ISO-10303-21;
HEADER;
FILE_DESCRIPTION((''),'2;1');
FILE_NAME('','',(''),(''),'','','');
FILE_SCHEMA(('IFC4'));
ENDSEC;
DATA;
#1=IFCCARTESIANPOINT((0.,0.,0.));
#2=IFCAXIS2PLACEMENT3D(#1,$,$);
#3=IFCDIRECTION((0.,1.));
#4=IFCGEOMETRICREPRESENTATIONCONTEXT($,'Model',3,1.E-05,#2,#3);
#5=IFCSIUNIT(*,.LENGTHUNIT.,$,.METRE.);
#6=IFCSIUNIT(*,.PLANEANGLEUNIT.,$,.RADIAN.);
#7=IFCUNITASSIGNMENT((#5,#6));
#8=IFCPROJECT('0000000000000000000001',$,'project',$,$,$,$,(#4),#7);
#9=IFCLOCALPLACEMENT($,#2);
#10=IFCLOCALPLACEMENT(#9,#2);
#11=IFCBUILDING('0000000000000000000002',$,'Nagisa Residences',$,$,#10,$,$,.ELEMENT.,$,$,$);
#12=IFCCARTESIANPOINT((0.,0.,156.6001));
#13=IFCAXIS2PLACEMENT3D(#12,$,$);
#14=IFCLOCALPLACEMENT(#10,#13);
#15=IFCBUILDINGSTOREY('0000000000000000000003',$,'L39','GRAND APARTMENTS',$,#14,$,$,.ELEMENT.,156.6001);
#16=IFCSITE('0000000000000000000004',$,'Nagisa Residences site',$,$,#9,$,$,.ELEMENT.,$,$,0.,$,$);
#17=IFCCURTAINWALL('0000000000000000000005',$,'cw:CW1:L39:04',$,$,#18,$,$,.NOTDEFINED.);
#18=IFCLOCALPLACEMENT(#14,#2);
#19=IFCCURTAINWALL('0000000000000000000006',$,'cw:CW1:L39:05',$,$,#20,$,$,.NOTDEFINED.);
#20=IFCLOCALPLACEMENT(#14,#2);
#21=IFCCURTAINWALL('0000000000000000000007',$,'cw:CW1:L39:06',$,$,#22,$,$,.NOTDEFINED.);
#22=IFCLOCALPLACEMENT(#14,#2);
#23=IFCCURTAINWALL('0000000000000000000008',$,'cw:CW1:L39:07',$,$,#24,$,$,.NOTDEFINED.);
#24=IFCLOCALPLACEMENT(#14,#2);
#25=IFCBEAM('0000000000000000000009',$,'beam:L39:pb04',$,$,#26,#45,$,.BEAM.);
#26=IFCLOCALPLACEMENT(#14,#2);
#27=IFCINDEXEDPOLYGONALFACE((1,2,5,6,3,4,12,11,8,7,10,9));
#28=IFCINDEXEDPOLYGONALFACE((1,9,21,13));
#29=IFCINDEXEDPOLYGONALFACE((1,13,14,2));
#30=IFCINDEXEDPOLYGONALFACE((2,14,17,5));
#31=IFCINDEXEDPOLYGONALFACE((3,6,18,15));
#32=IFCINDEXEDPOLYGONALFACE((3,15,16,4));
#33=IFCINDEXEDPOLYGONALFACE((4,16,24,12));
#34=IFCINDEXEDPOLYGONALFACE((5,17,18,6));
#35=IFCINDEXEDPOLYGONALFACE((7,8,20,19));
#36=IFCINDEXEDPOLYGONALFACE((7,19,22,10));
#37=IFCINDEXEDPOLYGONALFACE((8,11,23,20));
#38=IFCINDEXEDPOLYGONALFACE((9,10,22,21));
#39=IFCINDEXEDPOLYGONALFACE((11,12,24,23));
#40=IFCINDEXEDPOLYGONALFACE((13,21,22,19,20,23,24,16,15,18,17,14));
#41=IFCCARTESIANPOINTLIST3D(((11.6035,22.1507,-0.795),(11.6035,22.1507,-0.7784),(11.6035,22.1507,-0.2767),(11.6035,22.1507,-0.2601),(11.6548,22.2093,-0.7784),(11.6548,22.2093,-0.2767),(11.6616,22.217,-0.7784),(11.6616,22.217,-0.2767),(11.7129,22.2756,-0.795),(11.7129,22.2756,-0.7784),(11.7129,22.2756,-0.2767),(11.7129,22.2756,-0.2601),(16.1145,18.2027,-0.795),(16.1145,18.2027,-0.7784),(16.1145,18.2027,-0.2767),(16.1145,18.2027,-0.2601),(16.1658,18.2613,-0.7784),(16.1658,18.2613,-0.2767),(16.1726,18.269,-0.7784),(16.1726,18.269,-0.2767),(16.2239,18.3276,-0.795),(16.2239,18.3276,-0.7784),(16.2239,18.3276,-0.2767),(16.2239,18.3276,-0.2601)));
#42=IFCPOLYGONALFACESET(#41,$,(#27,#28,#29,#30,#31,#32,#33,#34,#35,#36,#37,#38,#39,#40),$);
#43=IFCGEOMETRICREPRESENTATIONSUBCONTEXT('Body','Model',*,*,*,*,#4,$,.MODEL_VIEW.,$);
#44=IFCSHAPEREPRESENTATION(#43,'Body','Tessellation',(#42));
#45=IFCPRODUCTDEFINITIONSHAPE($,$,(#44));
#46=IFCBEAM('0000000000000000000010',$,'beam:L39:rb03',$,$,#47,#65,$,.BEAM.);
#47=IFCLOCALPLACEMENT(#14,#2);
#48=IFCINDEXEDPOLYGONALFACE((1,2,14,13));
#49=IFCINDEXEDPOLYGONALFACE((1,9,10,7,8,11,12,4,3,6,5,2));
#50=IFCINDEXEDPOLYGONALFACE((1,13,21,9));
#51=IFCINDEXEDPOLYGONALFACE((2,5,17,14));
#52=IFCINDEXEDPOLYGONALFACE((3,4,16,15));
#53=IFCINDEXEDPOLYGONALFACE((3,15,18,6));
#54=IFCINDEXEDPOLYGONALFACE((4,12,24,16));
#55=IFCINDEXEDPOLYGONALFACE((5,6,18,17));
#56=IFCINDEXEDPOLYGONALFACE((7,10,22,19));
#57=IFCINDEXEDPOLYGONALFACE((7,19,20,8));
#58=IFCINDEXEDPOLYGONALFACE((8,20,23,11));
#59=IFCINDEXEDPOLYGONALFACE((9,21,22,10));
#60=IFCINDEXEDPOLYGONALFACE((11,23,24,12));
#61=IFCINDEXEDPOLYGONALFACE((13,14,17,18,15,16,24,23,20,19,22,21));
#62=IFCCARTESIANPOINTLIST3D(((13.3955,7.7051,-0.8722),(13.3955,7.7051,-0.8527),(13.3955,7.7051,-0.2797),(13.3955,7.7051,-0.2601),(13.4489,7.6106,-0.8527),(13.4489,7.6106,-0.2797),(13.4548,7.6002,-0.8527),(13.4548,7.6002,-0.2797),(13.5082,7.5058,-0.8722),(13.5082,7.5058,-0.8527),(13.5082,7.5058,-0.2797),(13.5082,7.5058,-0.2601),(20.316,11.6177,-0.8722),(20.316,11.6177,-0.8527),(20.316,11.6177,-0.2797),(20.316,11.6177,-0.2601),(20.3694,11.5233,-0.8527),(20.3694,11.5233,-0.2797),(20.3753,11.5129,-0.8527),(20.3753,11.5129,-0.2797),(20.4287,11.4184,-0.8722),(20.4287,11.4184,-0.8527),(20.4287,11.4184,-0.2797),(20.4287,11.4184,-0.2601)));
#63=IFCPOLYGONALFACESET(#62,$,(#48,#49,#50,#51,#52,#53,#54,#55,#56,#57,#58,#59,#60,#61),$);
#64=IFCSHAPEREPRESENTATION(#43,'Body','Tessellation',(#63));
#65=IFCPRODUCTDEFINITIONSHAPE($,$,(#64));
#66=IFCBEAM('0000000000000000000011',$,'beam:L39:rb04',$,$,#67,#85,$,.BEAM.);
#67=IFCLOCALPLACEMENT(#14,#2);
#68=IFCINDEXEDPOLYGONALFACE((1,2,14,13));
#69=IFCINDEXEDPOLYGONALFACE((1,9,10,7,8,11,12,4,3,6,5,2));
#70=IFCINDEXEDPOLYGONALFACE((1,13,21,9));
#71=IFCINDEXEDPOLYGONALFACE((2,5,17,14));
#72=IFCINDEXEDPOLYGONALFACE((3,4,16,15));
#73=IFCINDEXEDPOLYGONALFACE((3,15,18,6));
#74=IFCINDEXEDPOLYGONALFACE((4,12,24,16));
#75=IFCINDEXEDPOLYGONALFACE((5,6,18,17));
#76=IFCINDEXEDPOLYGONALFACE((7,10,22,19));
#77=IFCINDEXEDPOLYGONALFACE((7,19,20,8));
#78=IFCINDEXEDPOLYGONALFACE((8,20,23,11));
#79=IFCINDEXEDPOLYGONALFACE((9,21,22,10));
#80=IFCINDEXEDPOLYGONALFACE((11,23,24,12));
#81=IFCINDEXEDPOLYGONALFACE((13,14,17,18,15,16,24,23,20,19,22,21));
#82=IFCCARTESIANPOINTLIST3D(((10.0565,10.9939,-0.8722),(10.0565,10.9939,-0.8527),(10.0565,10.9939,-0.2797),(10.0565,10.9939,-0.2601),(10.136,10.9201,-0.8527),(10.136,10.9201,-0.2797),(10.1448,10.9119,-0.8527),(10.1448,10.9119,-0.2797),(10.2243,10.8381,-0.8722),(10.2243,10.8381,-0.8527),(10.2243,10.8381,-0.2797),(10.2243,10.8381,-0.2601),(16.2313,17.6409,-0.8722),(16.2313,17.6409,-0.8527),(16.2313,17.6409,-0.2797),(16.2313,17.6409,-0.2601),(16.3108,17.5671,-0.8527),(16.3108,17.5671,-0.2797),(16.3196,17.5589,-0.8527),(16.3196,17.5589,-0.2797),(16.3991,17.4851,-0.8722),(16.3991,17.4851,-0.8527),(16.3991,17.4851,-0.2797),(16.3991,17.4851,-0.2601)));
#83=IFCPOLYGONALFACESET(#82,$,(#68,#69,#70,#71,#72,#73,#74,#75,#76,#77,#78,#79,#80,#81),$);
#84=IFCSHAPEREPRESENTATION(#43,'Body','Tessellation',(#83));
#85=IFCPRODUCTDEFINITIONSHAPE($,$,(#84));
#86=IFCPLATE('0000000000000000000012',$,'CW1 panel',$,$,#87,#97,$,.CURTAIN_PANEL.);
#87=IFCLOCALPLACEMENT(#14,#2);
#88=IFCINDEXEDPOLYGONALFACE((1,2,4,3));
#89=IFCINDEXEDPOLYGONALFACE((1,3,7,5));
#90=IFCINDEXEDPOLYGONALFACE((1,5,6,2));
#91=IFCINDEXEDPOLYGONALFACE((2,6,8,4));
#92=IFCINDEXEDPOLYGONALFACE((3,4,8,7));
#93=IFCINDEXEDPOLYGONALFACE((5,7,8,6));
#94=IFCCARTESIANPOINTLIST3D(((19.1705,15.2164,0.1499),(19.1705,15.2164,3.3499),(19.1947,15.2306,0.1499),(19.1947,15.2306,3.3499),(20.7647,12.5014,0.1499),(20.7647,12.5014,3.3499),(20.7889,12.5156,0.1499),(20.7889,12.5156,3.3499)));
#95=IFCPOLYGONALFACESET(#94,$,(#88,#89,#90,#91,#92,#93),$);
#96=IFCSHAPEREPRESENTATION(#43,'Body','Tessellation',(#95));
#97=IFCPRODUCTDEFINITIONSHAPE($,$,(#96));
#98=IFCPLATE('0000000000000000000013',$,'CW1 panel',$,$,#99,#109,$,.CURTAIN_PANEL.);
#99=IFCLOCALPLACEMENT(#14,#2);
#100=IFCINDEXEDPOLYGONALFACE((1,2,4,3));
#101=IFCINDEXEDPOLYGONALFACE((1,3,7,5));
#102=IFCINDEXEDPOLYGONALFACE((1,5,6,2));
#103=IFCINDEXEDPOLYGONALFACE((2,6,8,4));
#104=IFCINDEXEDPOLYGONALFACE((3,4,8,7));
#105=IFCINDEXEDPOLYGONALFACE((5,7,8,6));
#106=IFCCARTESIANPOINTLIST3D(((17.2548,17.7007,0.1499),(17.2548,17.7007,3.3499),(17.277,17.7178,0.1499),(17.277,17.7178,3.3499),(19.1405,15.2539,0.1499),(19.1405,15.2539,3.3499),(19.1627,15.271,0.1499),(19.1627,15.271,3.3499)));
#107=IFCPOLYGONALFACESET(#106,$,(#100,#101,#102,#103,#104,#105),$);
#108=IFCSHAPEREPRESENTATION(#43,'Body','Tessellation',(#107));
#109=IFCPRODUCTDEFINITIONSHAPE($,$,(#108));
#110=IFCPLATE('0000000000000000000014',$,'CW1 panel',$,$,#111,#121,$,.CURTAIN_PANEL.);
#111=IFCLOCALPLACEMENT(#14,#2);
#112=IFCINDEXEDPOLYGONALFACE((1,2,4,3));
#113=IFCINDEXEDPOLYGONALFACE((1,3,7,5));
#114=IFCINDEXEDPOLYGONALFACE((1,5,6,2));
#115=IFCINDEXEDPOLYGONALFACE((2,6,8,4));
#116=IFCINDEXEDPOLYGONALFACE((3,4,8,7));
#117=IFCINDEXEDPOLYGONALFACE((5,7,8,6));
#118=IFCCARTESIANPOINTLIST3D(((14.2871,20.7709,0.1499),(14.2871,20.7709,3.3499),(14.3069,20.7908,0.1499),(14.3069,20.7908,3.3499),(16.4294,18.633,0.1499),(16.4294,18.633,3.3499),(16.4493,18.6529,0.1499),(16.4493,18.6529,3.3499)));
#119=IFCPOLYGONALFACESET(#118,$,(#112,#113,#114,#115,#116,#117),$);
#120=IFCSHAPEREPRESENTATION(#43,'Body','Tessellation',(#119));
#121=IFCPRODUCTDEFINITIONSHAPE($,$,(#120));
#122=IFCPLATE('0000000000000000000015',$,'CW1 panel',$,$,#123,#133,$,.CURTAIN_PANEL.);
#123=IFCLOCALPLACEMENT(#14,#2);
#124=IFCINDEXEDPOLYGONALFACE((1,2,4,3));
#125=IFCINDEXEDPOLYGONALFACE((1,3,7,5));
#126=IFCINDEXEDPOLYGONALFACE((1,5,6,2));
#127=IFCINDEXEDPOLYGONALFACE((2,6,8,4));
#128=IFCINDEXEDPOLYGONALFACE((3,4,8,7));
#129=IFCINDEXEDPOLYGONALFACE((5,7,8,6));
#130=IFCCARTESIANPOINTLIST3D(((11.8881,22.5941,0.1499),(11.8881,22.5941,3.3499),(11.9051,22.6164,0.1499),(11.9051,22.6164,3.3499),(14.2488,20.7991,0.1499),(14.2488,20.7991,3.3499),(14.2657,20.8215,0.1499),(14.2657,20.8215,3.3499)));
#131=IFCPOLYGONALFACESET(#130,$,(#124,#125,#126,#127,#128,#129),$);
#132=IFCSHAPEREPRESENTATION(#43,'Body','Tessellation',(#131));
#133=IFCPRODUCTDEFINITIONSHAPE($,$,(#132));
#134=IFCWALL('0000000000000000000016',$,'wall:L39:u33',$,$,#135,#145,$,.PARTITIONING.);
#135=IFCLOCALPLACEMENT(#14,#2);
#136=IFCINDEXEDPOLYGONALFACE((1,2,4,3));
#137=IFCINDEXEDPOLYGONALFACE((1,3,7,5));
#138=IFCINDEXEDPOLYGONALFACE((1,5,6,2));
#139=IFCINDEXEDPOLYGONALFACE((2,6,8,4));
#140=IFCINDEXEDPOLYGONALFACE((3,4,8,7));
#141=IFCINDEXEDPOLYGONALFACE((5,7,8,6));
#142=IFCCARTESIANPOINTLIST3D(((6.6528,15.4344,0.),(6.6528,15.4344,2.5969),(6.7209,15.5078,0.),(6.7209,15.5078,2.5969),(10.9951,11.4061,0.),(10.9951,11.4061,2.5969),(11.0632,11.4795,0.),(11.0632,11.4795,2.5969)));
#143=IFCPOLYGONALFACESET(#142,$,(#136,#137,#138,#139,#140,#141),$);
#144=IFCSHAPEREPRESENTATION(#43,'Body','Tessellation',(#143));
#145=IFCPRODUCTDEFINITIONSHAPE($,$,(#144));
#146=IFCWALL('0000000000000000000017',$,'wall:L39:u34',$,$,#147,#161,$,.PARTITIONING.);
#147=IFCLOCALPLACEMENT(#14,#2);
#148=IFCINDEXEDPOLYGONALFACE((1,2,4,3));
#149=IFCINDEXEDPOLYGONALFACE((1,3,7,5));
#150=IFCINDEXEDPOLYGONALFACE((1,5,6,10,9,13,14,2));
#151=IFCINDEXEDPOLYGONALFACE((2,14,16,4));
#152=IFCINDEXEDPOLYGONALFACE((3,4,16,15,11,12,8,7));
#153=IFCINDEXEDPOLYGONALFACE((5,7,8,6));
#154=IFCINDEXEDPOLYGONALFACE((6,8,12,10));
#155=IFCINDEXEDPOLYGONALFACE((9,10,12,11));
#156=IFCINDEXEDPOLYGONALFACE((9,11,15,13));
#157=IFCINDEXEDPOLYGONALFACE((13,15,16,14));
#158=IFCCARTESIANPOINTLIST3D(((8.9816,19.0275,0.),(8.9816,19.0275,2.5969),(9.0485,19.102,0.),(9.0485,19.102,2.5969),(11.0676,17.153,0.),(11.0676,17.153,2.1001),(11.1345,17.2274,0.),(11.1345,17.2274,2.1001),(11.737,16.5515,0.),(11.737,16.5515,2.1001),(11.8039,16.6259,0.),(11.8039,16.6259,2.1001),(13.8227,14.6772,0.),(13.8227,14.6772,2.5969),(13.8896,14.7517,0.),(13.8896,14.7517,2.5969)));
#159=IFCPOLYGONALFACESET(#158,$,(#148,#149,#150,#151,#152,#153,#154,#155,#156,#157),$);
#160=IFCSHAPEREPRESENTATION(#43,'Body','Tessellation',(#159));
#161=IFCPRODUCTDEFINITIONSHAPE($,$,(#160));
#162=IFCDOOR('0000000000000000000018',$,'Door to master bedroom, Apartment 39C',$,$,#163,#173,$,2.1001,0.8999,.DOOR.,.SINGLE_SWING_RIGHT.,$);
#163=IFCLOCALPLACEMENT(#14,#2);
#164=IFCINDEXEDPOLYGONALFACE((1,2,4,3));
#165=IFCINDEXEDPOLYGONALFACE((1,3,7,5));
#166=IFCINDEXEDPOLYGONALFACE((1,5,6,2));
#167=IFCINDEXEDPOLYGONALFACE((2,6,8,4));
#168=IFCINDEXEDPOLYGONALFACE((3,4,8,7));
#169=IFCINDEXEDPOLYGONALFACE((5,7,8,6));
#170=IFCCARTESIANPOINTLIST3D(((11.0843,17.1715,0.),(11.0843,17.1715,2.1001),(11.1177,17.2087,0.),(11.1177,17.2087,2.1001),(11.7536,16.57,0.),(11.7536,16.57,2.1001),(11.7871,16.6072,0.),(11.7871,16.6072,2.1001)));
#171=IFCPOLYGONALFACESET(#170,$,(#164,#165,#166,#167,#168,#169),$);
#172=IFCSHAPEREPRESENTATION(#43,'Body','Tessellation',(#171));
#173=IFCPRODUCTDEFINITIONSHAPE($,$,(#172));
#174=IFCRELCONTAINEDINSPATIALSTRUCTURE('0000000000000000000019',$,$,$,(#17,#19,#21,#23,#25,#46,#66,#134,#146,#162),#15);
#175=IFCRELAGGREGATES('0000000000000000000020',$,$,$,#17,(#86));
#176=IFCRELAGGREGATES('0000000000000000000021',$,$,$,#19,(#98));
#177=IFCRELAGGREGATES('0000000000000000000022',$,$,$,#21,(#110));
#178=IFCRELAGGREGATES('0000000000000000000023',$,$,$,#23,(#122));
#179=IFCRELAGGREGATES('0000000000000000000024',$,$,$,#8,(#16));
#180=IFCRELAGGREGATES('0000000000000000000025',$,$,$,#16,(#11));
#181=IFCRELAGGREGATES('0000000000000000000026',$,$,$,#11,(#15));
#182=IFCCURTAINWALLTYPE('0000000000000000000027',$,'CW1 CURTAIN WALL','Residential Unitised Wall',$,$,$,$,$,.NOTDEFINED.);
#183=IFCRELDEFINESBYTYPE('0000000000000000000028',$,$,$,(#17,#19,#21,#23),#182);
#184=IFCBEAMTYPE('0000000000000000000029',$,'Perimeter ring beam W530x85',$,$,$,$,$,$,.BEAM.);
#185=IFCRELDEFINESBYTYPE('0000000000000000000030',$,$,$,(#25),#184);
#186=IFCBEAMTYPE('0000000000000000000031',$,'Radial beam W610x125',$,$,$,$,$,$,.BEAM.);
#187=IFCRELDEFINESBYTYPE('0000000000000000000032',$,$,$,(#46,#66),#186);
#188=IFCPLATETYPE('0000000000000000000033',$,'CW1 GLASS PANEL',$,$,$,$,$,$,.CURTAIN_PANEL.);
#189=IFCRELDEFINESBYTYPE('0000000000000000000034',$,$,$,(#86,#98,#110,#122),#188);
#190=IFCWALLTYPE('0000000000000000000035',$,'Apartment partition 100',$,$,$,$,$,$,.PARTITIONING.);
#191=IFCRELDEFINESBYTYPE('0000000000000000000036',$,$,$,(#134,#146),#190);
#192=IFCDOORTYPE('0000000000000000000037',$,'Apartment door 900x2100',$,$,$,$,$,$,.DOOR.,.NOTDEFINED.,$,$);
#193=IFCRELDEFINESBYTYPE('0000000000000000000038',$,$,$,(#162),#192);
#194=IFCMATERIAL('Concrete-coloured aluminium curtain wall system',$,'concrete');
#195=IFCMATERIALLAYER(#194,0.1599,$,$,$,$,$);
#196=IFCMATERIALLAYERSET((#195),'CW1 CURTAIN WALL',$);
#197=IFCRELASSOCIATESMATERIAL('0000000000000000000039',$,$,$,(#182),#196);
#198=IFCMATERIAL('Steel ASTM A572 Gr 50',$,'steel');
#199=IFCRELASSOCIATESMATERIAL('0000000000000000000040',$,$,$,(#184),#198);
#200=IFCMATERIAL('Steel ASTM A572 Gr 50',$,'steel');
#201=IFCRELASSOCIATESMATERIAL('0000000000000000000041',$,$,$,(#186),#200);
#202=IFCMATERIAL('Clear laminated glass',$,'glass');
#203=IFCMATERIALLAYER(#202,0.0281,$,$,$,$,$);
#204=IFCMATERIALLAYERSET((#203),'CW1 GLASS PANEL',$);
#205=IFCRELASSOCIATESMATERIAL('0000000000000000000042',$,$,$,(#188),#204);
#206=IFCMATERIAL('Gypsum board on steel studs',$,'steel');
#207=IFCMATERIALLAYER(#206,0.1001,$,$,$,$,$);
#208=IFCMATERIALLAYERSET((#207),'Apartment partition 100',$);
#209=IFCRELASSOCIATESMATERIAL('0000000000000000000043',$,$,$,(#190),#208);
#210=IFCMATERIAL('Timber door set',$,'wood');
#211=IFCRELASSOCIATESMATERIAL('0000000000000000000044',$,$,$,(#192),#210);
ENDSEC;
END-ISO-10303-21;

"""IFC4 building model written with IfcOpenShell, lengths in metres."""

from ifc_helpers import new_model, si_unit, direction, frame, frame_2d, origin, origin_2d, place, context, subcontext, project, spatial, rectangle, i_section, extrude, material, layer, layer_set, material_profile, profile_set, type_object, element, fill, aggregate, save


model = new_model("IFC4")

# Units and contexts
model_context = context("Model", 3, precision=1e-05, world=origin(), true_north=direction((0.0, 1.0)))
body_context = subcontext(model_context, "Body", "Model", "MODEL_VIEW")
ifc_project = project(units=[si_unit("LENGTHUNIT", "METRE"), si_unit("PLANEANGLEUNIT", "RADIAN")], contexts=[model_context])

# Site, building, storey
site_placement = place(None, origin())
site = spatial("IfcSite", under=ifc_project, at=site_placement, Name="Nagisa Residences site", CompositionType="ELEMENT", RefElevation=0.0)
building_placement = place(site_placement, origin())
building = spatial("IfcBuilding", under=site, at=building_placement, Name="Nagisa Residences", CompositionType="ELEMENT")
storey_placement = place(building_placement, frame((0.0, 0.0, 156.6001)))
storey = spatial("IfcBuildingStorey", under=building, at=storey_placement, Name="L39", Description="GRAND APARTMENTS", CompositionType="ELEMENT", Elevation=156.6001)

# Curtain walls
ifc_material_1 = material(Name="Concrete-coloured aluminium curtain wall system", Category="concrete")
ifc_layer_1 = layer(ifc_material_1, 0.1599)
ifc_layer_set_1 = layer_set([ifc_layer_1], Name="CW1 CURTAIN WALL")
curtain_wall_type = type_object("IfcCurtainWallType", Name="CW1 CURTAIN WALL", Description="Residential Unitised Wall", PredefinedType="NOTDEFINED", material=ifc_layer_set_1)
curtain_wall_1_placement = place(storey_placement, origin())
curtain_wall_1 = element("IfcCurtainWall", 1, at=curtain_wall_1_placement, inside=storey, type_object=curtain_wall_type, Name="cw:CW1:L39:04", PredefinedType="NOTDEFINED")
curtain_wall_2_placement = place(storey_placement, origin())
curtain_wall_2 = element("IfcCurtainWall", 2, at=curtain_wall_2_placement, inside=storey, type_object=curtain_wall_type, Name="cw:CW1:L39:05", PredefinedType="NOTDEFINED")
curtain_wall_3_placement = place(storey_placement, origin())
curtain_wall_3 = element("IfcCurtainWall", 3, at=curtain_wall_3_placement, inside=storey, type_object=curtain_wall_type, Name="cw:CW1:L39:06", PredefinedType="NOTDEFINED")
curtain_wall_4_placement = place(storey_placement, origin())
curtain_wall_4 = element("IfcCurtainWall", 4, at=curtain_wall_4_placement, inside=storey, type_object=curtain_wall_type, Name="cw:CW1:L39:07", PredefinedType="NOTDEFINED")

# Beams
ifc_material_2 = material(Name="Steel ASTM A572 Gr 50", Category="steel")
ifc_material_profile_1 = material_profile(ifc_material_2, i_section(OverallWidth=0.166, OverallDepth=0.5349, WebThickness=0.0103, FlangeThickness=0.0166, at=origin_2d()), Name="W530x85")
ifc_profile_set_1 = profile_set([ifc_material_profile_1], Name="Steel ASTM A572 Gr 50")
beam_type_1 = type_object("IfcBeamType", Name="Perimeter ring beam W530x85", PredefinedType="BEAM", material=ifc_profile_set_1)
beam_1_placement = place(storey_placement, frame((16.1692, 18.2651, -0.5276), z_axis=(-0.752504, 0.658588, 0.0), x_axis=(-0.658588, -0.752504, 0.0)))
element("IfcBeam", 5, at=beam_1_placement, inside=storey, type_object=beam_type_1, Name="beam:L39:pb04", PredefinedType="BEAM", context=body_context, shape_type="SweptSolid", body=[
    extrude(i_section(OverallWidth=0.166, OverallDepth=0.5349, WebThickness=0.0103, FlangeThickness=0.0166, at=origin_2d()), origin(), (0.0, 0.0, 1.0), 5.9946),
])
ifc_material_3 = material(Name="Steel ASTM A572 Gr 50", Category="steel")
ifc_material_profile_2 = material_profile(ifc_material_3, i_section(OverallWidth=0.229, OverallDepth=0.6121, WebThickness=0.012, FlangeThickness=0.0195, at=origin_2d()), Name="W610x125")
ifc_profile_set_2 = profile_set([ifc_material_profile_2], Name="Steel ASTM A572 Gr 50")
beam_type_2 = type_object("IfcBeamType", Name="Radial beam W610x125", PredefinedType="BEAM", material=ifc_profile_set_2)
beam_2_placement = place(storey_placement, frame((20.3723, 11.5181, -0.5662), z_axis=(-0.870506, -0.492158, 0.0), x_axis=(0.492158, -0.870506, 0.0)))
element("IfcBeam", 6, at=beam_2_placement, inside=storey, type_object=beam_type_2, Name="beam:L39:rb03", PredefinedType="BEAM", context=body_context, shape_type="SweptSolid", body=[
    extrude(i_section(OverallWidth=0.229, OverallDepth=0.6121, WebThickness=0.012, FlangeThickness=0.0195, at=origin_2d()), origin(), (0.0, 0.0, 1.0), 7.95),
])
beam_3_placement = place(storey_placement, frame((16.3152, 17.563, -0.5662), z_axis=(-0.680606, -0.73265, 0.0), x_axis=(0.73265, -0.680606, 0.0)))
element("IfcBeam", 7, at=beam_3_placement, inside=storey, type_object=beam_type_2, Name="beam:L39:rb04", PredefinedType="BEAM", context=body_context, shape_type="SweptSolid", body=[
    extrude(i_section(OverallWidth=0.229, OverallDepth=0.6121, WebThickness=0.012, FlangeThickness=0.0195, at=origin_2d()), origin(), (0.0, 0.0, 1.0), 9.0725),
])

# Plates
ifc_material_4 = material(Name="Clear laminated glass", Category="glass")
ifc_layer_2 = layer(ifc_material_4, 0.0281)
ifc_layer_set_2 = layer_set([ifc_layer_2], Name="CW1 GLASS PANEL")
plate_type = type_object("IfcPlateType", Name="CW1 GLASS PANEL", PredefinedType="CURTAIN_PANEL", material=ifc_layer_set_2)
plate_1_placement = place(storey_placement, frame((19.9797, 13.866, 0.1499), z_axis=(0.0, 0.0, 1.0), x_axis=(-0.506349, 0.862329, 0.0)))
plate_1 = element("IfcPlate", 8, at=plate_1_placement, type_object=plate_type, Name="CW1 panel", PredefinedType="CURTAIN_PANEL", context=body_context, shape_type="SweptSolid", body=[
    extrude(rectangle(XDim=3.1484, YDim=0.0281, at=origin_2d()), origin(), (0.0, 0.0, 1.0), 3.2),
])
aggregate(curtain_wall_1, [plate_1])
plate_2_placement = place(storey_placement, frame((18.2087, 16.4858, 0.1499), z_axis=(0.0, 0.0, 1.0), x_axis=(-0.61043, 0.79207, 0.0)))
plate_2 = element("IfcPlate", 9, at=plate_2_placement, type_object=plate_type, Name="CW1 panel", PredefinedType="CURTAIN_PANEL", context=body_context, shape_type="SweptSolid", body=[
    extrude(rectangle(XDim=3.0891, YDim=0.0281, at=origin_2d()), origin(), (0.0, 0.0, 1.0), 3.2),
])
aggregate(curtain_wall_2, [plate_2])
plate_3_placement = place(storey_placement, frame((15.3682, 19.7119, 0.1499), z_axis=(0.0, 0.0, 1.0), x_axis=(-0.707836, 0.706377, 0.0)))
plate_3 = element("IfcPlate", 10, at=plate_3_placement, type_object=plate_type, Name="CW1 panel", PredefinedType="CURTAIN_PANEL", context=body_context, shape_type="SweptSolid", body=[
    extrude(rectangle(XDim=3.0266, YDim=0.0281, at=origin_2d()), origin(), (0.0, 0.0, 1.0), 3.2),
])
aggregate(curtain_wall_3, [plate_3])
plate_4_placement = place(storey_placement, frame((13.0769, 21.7078, 0.1499), z_axis=(0.0, 0.0, 1.0), x_axis=(-0.796031, 0.605255, 0.0)))
plate_4 = element("IfcPlate", 11, at=plate_4_placement, type_object=plate_type, Name="CW1 panel", PredefinedType="CURTAIN_PANEL", context=body_context, shape_type="SweptSolid", body=[
    extrude(rectangle(XDim=2.9656, YDim=0.0281, at=origin_2d()), origin(), (0.0, 0.0, 1.0), 3.2),
])
aggregate(curtain_wall_4, [plate_4])

# Wall
ifc_material_5 = material(Name="Gypsum board on steel studs", Category="steel")
ifc_layer_3 = layer(ifc_material_5, 0.1001)
ifc_layer_set_3 = layer_set([ifc_layer_3], Name="Apartment partition 100")
wall_type_1 = type_object("IfcWallType", Name="Apartment partition 100", PredefinedType="PARTITIONING", material=ifc_layer_set_3)
wall_1_placement = place(storey_placement, frame((11.0291, 11.4429, 0.0), z_axis=(0.0, 0.0, 1.0), x_axis=(-0.733113, 0.680106, 0.0)))
element("IfcWall", 12, at=wall_1_placement, inside=storey, type_object=wall_type_1, Name="wall:L39:u33", PredefinedType="PARTITIONING", context=body_context, shape_type="SweptSolid", body=[
    extrude(rectangle(XDim=5.9231, YDim=0.1001, at=frame_2d((2.9614, 0.0))), origin(), (0.0, 0.0, 1.0), 2.5969),
])

# Wall, opening, door
wall_2_placement = place(storey_placement, frame((13.8562, 14.7144, 0.0), z_axis=(0.0, 0.0, 1.0), x_axis=(-0.743799, 0.668403, 0.0)))
wall_2 = element("IfcWall", 13, at=wall_2_placement, inside=storey, type_object=wall_type_1, Name="wall:L39:u34", PredefinedType="PARTITIONING", context=body_context, shape_type="SweptSolid", body=[
    extrude(rectangle(XDim=6.5085, YDim=0.1001, at=frame_2d((3.2544, 0.0))), origin(), (0.0, 0.0, 1.0), 2.5969),
])
opening_1_placement = place(wall_2_placement, frame((2.8042, 0.0, 0.0)))
opening_1 = element("IfcOpeningElement", 14, at=opening_1_placement, cuts=wall_2, PredefinedType="OPENING", context=body_context, shape_type="SweptSolid", body=[
    extrude(rectangle(XDim=0.8999, YDim=2.1001, at=frame_2d((0.45, 1.05))), frame((0.0, 0.0601, 0.0), z_axis=(0.0, -1.0, 0.0), x_axis=(1.0, 0.0, 0.0)), (0.0, 0.0, 1.0), 0.1201),
])
ifc_material_6 = material(Name="Timber door set", Category="wood")
door_type_1 = type_object("IfcDoorType", Name="Apartment door 900x2100", OperationType="NOTDEFINED", PredefinedType="DOOR", material=ifc_material_6)
door_1_placement = place(opening_1_placement, frame((0.8999, 0.0, 0.0), x_axis=(-1.0, 0.0, 0.0)))
door_1 = element("IfcDoor", 15, at=door_1_placement, inside=storey, type_object=door_type_1, Name="Door to master bedroom, Apartment 39C", OperationType="SINGLE_SWING_RIGHT", OverallHeight=2.1001, OverallWidth=0.8999, PredefinedType="DOOR", context=body_context, shape_type="SweptSolid", body=[
    extrude(rectangle(XDim=0.8999, YDim=2.1001, at=frame_2d((0.45, 1.05))), frame((0.0, 0.0249, 0.0), z_axis=(0.0, -1.0, 0.0), x_axis=(1.0, 0.0, 0.0)), (0.0, 0.0, 1.0), 0.05),
])
fill(opening_1, door_1)

save(model, "model.ifc")
